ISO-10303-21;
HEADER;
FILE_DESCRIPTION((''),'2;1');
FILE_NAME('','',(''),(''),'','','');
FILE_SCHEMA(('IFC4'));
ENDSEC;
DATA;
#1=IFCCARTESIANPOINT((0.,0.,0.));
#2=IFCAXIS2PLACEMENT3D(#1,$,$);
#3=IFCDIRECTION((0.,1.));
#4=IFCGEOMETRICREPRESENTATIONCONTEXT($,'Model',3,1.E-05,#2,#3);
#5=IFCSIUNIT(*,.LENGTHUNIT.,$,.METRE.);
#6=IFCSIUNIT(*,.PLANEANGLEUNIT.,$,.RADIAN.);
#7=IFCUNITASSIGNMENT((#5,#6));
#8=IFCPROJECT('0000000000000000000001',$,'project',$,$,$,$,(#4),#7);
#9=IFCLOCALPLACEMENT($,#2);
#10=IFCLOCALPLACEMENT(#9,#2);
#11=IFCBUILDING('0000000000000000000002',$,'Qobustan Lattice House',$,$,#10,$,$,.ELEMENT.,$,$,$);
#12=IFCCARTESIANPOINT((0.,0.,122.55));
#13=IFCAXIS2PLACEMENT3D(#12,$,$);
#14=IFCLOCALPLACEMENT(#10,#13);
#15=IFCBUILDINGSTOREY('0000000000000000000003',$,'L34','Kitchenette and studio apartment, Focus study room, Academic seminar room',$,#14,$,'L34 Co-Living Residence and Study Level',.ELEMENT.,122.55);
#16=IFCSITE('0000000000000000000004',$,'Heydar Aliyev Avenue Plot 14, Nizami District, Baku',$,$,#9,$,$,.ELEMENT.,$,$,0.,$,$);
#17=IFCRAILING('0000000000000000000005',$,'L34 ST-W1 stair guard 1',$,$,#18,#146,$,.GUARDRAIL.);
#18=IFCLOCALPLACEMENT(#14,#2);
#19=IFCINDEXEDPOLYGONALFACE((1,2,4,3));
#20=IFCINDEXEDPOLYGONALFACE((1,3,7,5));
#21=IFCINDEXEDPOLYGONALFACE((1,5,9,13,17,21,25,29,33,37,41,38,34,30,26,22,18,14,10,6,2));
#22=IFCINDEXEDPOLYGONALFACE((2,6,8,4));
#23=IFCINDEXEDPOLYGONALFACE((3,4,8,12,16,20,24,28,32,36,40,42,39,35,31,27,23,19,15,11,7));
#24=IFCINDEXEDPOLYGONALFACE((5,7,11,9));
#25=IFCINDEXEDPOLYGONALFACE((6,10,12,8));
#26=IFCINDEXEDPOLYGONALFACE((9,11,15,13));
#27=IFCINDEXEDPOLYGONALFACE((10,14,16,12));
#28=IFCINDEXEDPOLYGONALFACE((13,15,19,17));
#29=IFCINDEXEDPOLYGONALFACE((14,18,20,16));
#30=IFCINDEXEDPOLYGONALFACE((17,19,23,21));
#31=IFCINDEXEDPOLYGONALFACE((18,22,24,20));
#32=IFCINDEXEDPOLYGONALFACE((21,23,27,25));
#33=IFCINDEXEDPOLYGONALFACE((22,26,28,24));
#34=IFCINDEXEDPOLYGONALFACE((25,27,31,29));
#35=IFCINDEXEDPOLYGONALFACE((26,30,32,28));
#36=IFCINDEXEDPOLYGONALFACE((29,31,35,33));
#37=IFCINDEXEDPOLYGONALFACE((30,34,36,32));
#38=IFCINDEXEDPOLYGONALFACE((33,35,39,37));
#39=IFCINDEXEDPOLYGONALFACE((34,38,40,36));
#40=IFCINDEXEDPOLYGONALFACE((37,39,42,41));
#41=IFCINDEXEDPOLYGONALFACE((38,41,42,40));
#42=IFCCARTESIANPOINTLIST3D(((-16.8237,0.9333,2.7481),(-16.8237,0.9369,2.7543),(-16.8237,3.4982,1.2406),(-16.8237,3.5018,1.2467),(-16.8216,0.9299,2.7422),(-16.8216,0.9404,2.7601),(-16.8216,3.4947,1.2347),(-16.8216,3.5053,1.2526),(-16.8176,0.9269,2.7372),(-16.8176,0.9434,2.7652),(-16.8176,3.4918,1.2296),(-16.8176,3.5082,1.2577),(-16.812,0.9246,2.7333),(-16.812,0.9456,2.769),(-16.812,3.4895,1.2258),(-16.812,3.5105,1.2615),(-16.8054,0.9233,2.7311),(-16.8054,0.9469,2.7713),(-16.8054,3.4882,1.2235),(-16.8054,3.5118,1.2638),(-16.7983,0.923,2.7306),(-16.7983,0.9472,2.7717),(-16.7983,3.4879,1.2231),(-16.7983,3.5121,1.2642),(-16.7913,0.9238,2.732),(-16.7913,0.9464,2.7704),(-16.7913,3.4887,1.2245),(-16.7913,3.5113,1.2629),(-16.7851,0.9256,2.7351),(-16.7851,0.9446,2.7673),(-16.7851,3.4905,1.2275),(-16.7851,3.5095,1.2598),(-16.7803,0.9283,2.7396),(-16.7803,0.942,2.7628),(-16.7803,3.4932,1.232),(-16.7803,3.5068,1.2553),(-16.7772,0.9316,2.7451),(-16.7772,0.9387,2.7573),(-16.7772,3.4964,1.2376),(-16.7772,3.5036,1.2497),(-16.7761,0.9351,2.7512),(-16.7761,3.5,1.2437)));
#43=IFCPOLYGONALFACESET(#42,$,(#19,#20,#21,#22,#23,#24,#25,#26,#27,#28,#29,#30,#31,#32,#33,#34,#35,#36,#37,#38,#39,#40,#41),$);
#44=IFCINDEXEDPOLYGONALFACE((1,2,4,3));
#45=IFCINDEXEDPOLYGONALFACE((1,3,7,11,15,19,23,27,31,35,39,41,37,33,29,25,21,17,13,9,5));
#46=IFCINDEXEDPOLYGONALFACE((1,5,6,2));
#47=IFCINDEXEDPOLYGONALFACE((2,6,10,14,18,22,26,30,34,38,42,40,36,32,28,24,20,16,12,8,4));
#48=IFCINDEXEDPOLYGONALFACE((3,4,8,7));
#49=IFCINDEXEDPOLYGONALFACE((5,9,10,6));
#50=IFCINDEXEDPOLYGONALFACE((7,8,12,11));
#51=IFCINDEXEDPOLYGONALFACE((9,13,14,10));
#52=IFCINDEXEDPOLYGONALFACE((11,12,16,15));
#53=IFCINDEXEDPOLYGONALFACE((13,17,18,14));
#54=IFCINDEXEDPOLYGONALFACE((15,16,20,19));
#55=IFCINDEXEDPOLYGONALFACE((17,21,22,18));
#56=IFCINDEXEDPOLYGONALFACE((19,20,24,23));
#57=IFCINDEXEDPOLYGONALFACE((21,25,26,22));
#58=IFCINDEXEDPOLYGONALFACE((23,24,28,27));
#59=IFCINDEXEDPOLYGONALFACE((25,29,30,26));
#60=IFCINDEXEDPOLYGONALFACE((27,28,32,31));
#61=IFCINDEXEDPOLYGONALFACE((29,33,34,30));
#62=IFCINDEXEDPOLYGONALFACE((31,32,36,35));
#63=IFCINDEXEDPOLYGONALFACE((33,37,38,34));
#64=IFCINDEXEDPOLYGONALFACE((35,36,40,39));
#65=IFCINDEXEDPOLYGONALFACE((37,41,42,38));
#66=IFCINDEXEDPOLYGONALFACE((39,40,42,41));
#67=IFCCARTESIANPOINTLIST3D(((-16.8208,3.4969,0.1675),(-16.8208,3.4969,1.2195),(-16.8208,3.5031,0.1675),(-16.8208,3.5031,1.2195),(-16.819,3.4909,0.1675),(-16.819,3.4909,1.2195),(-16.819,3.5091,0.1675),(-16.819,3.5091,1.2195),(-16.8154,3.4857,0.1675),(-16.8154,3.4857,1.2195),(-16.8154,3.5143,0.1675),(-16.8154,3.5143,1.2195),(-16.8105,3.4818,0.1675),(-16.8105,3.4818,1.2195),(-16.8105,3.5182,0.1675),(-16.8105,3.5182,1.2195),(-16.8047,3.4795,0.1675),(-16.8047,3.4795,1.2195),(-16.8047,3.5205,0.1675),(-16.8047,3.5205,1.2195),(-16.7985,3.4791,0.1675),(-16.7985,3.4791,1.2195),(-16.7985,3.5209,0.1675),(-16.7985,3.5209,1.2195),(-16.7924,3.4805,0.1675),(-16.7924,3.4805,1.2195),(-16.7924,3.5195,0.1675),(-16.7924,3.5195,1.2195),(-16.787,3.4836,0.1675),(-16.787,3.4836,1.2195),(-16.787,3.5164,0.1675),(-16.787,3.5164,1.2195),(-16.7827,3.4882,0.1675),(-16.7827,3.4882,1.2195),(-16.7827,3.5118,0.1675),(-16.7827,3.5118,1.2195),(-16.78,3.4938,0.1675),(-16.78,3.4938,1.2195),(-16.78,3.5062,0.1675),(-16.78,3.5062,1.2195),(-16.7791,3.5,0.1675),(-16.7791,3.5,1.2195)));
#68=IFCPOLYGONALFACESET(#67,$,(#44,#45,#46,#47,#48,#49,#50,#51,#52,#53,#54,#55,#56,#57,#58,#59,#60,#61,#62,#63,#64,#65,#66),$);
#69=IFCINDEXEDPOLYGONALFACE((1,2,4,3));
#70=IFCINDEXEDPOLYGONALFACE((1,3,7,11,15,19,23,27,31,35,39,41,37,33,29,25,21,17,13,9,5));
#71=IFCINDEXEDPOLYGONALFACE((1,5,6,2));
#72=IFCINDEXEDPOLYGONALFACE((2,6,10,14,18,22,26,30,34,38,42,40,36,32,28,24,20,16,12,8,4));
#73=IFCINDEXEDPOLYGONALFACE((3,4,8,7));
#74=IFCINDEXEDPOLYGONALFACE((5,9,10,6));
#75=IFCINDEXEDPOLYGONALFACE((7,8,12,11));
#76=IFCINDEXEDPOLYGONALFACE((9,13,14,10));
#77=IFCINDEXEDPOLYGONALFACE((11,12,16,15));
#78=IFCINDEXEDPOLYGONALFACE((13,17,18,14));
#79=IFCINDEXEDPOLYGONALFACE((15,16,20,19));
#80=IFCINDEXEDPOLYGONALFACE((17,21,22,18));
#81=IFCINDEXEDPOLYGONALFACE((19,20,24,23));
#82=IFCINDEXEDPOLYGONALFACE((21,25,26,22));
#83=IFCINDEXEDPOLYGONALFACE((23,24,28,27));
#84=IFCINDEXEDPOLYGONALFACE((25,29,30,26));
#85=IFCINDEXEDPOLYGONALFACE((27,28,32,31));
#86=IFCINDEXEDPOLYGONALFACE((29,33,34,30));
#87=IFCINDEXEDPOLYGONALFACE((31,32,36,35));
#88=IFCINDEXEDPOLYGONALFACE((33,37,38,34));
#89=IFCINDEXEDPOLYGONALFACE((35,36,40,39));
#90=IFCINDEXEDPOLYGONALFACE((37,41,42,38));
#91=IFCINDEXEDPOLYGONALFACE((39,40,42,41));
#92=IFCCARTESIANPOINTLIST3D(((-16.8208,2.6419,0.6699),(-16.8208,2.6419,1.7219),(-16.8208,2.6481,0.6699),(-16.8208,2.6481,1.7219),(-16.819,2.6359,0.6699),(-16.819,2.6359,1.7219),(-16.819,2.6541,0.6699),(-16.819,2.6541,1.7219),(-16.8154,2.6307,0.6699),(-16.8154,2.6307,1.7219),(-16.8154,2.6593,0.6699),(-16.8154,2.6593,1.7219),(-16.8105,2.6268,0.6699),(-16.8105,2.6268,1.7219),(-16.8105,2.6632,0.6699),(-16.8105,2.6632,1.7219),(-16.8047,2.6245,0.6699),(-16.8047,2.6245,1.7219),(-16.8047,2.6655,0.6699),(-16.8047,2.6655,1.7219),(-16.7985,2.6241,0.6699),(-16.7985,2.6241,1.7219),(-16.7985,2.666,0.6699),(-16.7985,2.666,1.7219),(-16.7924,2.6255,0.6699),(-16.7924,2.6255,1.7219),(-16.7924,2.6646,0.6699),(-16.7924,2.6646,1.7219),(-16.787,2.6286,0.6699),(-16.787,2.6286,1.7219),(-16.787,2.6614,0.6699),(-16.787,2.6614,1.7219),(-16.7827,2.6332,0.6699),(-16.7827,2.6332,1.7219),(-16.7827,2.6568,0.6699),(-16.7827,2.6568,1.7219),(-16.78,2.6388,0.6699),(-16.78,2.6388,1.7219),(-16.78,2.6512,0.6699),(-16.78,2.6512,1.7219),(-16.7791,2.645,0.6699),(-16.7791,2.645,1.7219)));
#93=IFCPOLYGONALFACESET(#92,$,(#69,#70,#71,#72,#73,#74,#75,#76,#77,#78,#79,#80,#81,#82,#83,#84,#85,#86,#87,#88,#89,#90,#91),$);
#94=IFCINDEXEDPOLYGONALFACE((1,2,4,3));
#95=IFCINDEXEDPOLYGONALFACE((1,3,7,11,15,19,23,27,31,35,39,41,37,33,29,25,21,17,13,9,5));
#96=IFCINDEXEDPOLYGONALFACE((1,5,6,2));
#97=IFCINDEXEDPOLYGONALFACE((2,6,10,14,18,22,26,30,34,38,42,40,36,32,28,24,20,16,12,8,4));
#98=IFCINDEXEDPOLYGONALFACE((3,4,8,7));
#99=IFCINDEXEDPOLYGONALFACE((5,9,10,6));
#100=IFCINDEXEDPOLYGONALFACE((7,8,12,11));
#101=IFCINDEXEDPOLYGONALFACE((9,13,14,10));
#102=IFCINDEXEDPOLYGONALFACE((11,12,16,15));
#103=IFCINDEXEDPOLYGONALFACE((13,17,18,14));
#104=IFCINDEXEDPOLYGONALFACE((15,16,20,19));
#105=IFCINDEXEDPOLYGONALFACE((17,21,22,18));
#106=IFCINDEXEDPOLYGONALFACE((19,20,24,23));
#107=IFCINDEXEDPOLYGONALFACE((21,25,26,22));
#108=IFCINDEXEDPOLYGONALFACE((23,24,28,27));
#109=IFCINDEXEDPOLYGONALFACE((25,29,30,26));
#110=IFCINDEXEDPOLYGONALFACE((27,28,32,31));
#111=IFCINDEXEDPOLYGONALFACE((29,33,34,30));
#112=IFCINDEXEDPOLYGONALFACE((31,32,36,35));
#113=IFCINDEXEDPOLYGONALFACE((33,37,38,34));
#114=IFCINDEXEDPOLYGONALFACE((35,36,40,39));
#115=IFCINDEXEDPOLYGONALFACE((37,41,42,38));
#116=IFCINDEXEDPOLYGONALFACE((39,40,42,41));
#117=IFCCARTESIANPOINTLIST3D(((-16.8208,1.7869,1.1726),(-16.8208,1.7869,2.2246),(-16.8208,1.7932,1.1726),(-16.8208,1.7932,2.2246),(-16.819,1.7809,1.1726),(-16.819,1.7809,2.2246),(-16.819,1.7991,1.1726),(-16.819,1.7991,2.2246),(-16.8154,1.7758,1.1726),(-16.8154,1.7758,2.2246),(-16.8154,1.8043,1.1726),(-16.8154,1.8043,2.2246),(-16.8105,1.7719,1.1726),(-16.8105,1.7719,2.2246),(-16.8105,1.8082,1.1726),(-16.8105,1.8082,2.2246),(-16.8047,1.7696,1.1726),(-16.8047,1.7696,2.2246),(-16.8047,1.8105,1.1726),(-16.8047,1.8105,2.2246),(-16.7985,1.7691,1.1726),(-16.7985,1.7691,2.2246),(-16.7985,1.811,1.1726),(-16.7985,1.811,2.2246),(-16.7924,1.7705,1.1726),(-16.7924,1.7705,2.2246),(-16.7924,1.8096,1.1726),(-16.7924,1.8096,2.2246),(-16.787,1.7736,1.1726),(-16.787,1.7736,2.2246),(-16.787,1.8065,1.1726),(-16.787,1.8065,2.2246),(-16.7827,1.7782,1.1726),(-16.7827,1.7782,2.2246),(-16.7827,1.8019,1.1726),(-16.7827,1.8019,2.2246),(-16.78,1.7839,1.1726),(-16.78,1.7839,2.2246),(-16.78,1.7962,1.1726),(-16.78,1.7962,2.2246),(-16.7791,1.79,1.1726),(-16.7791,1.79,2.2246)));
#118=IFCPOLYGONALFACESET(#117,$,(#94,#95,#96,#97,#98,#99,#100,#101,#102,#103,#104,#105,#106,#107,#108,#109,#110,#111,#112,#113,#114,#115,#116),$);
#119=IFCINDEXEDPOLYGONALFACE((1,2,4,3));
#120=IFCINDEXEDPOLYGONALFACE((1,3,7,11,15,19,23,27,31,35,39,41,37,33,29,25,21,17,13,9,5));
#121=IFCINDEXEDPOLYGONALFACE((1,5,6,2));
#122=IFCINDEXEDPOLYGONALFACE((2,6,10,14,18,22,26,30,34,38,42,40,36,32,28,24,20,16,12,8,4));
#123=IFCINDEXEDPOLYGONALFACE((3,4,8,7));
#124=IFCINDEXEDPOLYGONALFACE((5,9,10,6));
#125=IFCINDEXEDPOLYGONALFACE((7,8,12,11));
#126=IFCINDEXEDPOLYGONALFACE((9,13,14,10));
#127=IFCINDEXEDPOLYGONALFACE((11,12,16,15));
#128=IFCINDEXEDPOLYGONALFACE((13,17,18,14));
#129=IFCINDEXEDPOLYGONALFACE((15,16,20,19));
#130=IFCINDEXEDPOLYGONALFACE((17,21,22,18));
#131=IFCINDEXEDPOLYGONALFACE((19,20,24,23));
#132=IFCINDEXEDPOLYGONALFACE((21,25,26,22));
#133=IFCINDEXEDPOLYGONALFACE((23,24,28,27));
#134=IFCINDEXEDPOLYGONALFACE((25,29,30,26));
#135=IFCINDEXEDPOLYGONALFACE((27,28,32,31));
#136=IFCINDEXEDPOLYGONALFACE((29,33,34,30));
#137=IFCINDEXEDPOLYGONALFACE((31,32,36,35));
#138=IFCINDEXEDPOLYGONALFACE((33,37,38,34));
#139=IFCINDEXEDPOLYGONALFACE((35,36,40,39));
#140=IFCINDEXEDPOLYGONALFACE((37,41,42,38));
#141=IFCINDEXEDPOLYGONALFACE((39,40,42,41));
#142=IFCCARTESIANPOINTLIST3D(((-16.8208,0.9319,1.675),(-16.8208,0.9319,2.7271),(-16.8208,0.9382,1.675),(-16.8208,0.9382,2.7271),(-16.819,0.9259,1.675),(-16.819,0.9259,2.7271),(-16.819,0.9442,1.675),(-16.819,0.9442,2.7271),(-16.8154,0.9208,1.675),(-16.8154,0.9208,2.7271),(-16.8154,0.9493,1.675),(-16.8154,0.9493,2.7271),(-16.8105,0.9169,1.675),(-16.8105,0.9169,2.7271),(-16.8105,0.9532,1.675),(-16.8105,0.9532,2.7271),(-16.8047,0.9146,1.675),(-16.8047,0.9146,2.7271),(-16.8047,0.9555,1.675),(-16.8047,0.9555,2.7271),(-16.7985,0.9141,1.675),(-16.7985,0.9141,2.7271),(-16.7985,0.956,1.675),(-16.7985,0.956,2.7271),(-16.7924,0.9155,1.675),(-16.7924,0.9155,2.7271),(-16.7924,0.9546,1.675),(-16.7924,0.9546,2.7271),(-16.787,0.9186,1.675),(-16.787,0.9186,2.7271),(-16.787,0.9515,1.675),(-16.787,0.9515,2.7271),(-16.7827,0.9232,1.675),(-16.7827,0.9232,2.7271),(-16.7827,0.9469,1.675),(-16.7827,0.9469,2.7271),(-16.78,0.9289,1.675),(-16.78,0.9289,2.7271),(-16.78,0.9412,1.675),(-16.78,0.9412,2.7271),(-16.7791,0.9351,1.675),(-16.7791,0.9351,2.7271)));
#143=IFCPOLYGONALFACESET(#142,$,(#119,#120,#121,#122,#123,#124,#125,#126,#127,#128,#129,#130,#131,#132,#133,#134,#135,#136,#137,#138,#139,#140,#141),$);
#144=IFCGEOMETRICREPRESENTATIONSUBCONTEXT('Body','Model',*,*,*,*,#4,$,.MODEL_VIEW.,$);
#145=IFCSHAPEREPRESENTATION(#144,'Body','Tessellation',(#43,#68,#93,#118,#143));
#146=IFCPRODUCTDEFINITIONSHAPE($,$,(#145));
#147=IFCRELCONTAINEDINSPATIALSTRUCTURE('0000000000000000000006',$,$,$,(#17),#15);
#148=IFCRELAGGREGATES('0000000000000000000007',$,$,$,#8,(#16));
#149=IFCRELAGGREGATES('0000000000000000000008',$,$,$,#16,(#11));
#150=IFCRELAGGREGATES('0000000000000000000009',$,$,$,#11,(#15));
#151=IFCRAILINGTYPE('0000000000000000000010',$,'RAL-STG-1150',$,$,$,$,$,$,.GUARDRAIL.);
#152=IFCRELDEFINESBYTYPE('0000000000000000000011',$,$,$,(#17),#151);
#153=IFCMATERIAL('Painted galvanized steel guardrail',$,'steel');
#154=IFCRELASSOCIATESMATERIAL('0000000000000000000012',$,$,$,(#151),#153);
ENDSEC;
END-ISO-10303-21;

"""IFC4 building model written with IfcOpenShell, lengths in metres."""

from ifc_helpers import new_model, si_unit, direction, frame, origin, origin_2d, place, context, subcontext, project, spatial, circle, extrude, material, type_object, element, save


model = new_model("IFC4")

# Units and contexts
model_context = context("Model", 3, precision=1e-05, world=origin(), true_north=direction((0.0, 1.0)))
body_context = subcontext(model_context, "Body", "Model", "MODEL_VIEW")
ifc_project = project(units=[si_unit("LENGTHUNIT", "METRE"), si_unit("PLANEANGLEUNIT", "RADIAN")], contexts=[model_context])

# Site, building, storey
site_placement = place(None, origin())
site = spatial("IfcSite", under=ifc_project, at=site_placement, Name="Heydar Aliyev Avenue Plot 14, Nizami District, Baku", CompositionType="ELEMENT", RefElevation=0.0)
building_placement = place(site_placement, origin())
building = spatial("IfcBuilding", under=site, at=building_placement, Name="Qobustan Lattice House", CompositionType="ELEMENT")
storey_placement = place(building_placement, frame((0.0, 0.0, 122.55)))
storey = spatial("IfcBuildingStorey", under=building, at=storey_placement, Name="L34", Description="Kitchenette and studio apartment, Focus study room, Academic seminar room", LongName="L34 Co-Living Residence and Study Level", CompositionType="ELEMENT", Elevation=122.55)

# Railing
ifc_material_1 = material(Name="Painted galvanized steel guardrail", Category="steel")
railing_type_1 = type_object("IfcRailingType", Name="RAL-STG-1150", PredefinedType="GUARDRAIL", material=ifc_material_1)
railing_1_placement = place(storey_placement, frame((-16.8, 3.5, 0.1675)))
element("IfcRailing", 1, at=railing_1_placement, inside=storey, type_object=railing_type_1, Name="L34 ST-W1 stair guard 1", PredefinedType="GUARDRAIL", context=body_context, shape_type="SweptSolid", body=[
    extrude(circle(Radius=0.0239, at=origin_2d()), frame((0.0, 0.0, 1.0762), z_axis=(0.0, -0.862113, 0.506715), x_axis=(1.0, 0.0, 0.0)), (0.0, 0.0, 1.0), 2.9751),
    extrude(circle(Radius=0.021, at=origin_2d()), origin(), (0.0, 0.0, 1.0), 1.052),
    extrude(circle(Radius=0.021, at=origin_2d()), frame((0.0, -0.855, 0.5024)), (0.0, 0.0, 1.0), 1.052),
    extrude(circle(Radius=0.021, at=origin_2d()), frame((0.0, -1.71, 1.0051)), (0.0, 0.0, 1.0), 1.052),
    extrude(circle(Radius=0.021, at=origin_2d()), frame((0.0, -2.5649, 1.5076)), (0.0, 0.0, 1.0), 1.052),
])

save(model, "model.ifc")
